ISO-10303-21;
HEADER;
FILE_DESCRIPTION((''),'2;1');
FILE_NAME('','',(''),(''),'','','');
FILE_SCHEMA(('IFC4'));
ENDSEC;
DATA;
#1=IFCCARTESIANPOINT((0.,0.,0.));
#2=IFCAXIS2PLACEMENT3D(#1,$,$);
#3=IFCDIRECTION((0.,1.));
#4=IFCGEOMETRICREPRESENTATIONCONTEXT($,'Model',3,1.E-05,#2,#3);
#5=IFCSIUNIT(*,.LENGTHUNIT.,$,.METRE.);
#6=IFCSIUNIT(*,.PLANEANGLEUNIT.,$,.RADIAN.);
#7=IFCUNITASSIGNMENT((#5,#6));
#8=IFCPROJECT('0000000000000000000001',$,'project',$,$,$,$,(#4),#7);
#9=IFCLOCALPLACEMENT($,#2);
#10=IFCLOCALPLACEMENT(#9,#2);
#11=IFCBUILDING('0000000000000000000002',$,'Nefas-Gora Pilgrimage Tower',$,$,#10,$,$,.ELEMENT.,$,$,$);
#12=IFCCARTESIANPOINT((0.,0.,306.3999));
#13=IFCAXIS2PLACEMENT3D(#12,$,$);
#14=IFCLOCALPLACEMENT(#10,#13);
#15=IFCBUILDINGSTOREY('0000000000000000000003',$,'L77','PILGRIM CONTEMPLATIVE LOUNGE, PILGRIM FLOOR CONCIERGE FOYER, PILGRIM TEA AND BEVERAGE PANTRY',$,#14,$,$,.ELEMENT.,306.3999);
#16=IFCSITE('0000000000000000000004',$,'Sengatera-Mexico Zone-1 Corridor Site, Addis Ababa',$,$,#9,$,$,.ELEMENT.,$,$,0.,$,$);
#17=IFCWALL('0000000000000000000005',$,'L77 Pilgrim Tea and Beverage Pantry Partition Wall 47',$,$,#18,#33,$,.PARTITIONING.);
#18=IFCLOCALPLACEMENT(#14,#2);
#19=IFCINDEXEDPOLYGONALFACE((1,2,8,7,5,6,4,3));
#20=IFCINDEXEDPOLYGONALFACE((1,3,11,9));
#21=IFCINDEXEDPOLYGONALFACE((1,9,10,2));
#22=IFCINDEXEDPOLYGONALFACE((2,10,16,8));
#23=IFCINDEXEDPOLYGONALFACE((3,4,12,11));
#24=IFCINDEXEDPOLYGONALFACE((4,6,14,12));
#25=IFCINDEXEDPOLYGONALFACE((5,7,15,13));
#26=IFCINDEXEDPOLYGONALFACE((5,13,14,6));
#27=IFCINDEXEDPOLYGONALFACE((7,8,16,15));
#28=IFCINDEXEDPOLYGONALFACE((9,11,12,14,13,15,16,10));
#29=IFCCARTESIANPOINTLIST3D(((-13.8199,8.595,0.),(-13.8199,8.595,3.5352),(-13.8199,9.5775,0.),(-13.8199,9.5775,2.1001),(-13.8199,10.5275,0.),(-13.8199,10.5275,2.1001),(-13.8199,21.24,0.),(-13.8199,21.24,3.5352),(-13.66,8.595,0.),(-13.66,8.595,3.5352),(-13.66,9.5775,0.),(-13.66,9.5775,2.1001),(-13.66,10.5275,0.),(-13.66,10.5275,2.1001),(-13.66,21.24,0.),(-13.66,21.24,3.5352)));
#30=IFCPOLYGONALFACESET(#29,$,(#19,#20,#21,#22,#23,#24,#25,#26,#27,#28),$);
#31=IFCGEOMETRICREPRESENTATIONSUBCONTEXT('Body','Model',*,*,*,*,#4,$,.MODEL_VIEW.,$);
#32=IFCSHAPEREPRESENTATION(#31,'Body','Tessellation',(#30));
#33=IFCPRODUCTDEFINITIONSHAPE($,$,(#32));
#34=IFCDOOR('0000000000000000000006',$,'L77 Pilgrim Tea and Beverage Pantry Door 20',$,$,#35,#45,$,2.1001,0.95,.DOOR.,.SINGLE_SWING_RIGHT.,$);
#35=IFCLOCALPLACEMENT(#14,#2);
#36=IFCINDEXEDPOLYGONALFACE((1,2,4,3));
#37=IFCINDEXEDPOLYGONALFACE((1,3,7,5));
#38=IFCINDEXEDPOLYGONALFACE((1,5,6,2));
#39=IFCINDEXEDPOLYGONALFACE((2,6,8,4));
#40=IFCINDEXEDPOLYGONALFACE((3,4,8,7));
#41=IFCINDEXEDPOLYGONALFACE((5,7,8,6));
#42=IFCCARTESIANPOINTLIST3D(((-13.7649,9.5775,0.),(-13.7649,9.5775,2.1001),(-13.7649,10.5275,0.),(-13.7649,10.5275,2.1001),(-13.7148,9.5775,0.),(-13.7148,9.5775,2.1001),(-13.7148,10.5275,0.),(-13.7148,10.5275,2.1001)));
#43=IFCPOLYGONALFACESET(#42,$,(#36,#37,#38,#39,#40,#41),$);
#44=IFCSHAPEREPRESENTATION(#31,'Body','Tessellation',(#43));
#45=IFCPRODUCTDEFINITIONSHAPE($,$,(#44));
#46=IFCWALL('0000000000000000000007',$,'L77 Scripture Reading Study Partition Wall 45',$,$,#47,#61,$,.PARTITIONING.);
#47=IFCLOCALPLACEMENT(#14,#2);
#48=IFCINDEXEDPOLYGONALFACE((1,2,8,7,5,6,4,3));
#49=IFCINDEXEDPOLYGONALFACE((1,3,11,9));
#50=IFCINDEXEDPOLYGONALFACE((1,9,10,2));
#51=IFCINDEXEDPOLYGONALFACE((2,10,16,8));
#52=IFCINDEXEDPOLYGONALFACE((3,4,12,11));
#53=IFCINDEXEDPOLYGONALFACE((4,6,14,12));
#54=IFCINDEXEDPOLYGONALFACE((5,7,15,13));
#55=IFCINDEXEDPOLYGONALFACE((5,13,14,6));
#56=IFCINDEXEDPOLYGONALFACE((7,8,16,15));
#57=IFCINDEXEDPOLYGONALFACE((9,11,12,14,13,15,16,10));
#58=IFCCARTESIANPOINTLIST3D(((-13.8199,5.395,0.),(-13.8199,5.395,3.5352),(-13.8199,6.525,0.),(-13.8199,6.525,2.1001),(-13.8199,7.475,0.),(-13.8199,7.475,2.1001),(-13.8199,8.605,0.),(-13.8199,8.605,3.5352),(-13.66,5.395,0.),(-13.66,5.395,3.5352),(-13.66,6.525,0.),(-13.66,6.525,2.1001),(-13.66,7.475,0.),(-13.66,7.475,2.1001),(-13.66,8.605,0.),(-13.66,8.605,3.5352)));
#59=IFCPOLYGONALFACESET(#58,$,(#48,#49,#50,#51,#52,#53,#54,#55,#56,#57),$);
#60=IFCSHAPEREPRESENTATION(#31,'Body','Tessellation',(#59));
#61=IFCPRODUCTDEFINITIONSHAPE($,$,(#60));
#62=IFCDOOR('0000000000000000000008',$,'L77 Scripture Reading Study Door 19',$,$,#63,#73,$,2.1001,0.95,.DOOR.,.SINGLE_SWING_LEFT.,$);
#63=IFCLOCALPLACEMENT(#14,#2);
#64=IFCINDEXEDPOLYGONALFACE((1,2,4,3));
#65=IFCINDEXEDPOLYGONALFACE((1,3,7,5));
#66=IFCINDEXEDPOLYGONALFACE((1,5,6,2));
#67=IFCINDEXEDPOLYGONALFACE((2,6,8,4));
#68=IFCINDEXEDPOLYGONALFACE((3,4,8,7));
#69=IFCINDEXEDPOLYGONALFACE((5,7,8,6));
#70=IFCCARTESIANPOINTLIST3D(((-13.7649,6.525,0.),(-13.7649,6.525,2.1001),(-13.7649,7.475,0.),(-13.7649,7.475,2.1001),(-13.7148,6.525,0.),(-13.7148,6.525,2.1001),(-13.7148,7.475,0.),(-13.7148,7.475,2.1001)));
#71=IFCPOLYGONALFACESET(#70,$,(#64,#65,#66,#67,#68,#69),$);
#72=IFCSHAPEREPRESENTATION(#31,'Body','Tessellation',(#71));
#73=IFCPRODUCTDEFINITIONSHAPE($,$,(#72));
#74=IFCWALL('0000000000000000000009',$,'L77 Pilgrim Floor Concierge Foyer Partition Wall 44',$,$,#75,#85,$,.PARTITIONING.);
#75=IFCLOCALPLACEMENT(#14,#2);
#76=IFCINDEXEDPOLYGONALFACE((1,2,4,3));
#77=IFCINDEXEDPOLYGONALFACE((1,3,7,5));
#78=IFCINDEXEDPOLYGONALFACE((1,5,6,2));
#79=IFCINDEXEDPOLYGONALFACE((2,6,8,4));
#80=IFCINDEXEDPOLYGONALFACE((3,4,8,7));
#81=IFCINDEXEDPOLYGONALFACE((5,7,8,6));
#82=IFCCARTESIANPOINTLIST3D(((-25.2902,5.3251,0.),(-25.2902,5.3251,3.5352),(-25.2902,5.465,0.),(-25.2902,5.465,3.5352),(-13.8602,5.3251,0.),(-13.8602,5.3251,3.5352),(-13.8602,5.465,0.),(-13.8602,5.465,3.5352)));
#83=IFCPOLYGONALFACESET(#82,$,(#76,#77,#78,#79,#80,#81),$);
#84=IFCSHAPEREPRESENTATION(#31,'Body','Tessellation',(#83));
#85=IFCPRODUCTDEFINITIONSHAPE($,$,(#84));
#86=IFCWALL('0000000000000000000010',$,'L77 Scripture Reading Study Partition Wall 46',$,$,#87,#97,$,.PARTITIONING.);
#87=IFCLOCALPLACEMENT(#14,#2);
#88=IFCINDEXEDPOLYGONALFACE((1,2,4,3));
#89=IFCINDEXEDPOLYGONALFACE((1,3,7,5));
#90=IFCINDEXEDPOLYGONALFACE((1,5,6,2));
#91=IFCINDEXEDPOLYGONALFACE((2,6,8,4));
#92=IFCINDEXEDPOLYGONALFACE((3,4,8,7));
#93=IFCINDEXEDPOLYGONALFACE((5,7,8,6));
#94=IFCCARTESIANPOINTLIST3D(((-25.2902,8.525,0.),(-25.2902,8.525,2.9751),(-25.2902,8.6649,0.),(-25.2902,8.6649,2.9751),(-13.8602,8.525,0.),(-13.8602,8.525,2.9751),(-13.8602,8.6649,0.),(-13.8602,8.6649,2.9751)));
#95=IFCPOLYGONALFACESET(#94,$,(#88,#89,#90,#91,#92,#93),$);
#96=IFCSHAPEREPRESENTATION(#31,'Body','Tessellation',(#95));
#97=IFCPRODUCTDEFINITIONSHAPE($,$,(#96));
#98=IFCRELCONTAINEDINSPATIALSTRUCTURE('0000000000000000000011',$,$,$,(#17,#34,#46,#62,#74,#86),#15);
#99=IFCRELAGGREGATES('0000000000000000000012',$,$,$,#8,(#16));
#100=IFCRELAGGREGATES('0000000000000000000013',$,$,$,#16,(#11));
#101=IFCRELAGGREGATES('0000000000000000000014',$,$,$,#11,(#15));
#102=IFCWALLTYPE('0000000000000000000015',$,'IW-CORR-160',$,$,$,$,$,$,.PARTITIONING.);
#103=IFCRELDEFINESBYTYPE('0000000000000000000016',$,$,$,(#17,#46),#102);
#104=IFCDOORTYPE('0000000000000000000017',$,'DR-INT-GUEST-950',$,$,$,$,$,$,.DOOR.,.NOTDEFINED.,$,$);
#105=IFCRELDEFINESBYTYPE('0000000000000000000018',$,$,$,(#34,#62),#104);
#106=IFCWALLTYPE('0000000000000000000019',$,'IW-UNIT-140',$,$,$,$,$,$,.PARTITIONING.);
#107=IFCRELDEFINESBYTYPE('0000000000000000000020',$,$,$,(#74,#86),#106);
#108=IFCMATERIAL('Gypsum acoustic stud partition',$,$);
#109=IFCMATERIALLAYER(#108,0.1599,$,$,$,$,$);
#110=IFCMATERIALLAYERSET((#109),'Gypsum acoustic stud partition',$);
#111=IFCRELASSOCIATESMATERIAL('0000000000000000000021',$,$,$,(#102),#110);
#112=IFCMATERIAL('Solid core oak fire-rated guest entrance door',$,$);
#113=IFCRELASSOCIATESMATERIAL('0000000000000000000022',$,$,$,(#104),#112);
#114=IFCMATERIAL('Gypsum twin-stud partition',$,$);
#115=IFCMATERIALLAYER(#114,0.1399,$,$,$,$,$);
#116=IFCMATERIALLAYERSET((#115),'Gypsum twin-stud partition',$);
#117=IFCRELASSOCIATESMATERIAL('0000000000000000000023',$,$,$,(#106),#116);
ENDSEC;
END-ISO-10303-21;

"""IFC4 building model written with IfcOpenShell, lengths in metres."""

from ifc_helpers import new_model, si_unit, direction, frame, frame_2d, origin, place, context, subcontext, project, spatial, rectangle, extrude, source, transform, mapped, material, layer, layer_set, type_object, element, fill, save


model = new_model("IFC4")

# Units and contexts
model_context = context("Model", 3, precision=1e-05, world=origin(), true_north=direction((0.0, 1.0)))
body_context = subcontext(model_context, "Body", "Model", "MODEL_VIEW")
ifc_project = project(units=[si_unit("LENGTHUNIT", "METRE"), si_unit("PLANEANGLEUNIT", "RADIAN")], contexts=[model_context])

# Site, building, storey
site_placement = place(None, origin())
site = spatial("IfcSite", under=ifc_project, at=site_placement, Name="Sengatera-Mexico Zone-1 Corridor Site, Addis Ababa", CompositionType="ELEMENT", RefElevation=0.0)
building_placement = place(site_placement, origin())
building = spatial("IfcBuilding", under=site, at=building_placement, Name="Nefas-Gora Pilgrimage Tower", CompositionType="ELEMENT")
storey_placement = place(building_placement, frame((0.0, 0.0, 306.3999)))
storey = spatial("IfcBuildingStorey", under=building, at=storey_placement, Name="L77", Description="PILGRIM CONTEMPLATIVE LOUNGE, PILGRIM FLOOR CONCIERGE FOYER, PILGRIM TEA AND BEVERAGE PANTRY", CompositionType="ELEMENT", Elevation=306.3999)

# Walls, openings, doors
ifc_material_1 = material(Name="Gypsum acoustic stud partition")
ifc_layer_1 = layer(ifc_material_1, 0.1599)
ifc_layer_set_1 = layer_set([ifc_layer_1], Name="Gypsum acoustic stud partition")
wall_type_1 = type_object("IfcWallType", Name="IW-CORR-160", PredefinedType="PARTITIONING", material=ifc_layer_set_1)
shared_shape_1 = source(origin(), body_context, "Body", "SweptSolid", [
    extrude(rectangle(XDim=12.645, YDim=0.1599, at=frame_2d((6.3225, 0.0))), origin(), (0.0, 0.0, 1.0), 3.5352),
])
wall_1_placement = place(storey_placement, frame((-13.74, 8.595, 0.0), z_axis=(0.0, 0.0, 1.0), x_axis=(0.0, 1.0, 0.0)))
wall_1 = element("IfcWall", 1, at=wall_1_placement, inside=storey, type_object=wall_type_1, Name="L77 Pilgrim Tea and Beverage Pantry Partition Wall 47", PredefinedType="PARTITIONING", context=body_context, shape_type="MappedRepresentation", body=[
    mapped(shared_shape_1, transform((0.0, 0.0, 0.0), x_axis=(1.0, 0.0, 0.0), y_axis=(0.0, 1.0, 0.0), z_axis=(0.0, 0.0, 1.0), scale=1.0)),
])
opening_1_placement = place(wall_1_placement, frame((0.9824, 0.0, 0.0)))
opening_1 = element("IfcOpeningElement", 2, at=opening_1_placement, cuts=wall_1, PredefinedType="OPENING", context=body_context, shape_type="SweptSolid", body=[
    extrude(rectangle(XDim=0.95, YDim=2.1001, at=frame_2d((0.4751, 1.05))), frame((0.0, 0.0898, 0.0), z_axis=(0.0, -1.0, 0.0), x_axis=(1.0, 0.0, 0.0)), (0.0, 0.0, 1.0), 0.1799),
])
ifc_material_2 = material(Name="Solid core oak fire-rated guest entrance door")
door_type = type_object("IfcDoorType", Name="DR-INT-GUEST-950", OperationType="NOTDEFINED", PredefinedType="DOOR", material=ifc_material_2)
shared_shape_2 = source(origin(), body_context, "Body", "SweptSolid", [
    extrude(rectangle(XDim=0.95, YDim=2.1001, at=frame_2d((0.4751, 1.05))), frame((0.0, 0.0249, 0.0), z_axis=(0.0, -1.0, 0.0), x_axis=(1.0, 0.0, 0.0)), (0.0, 0.0, 1.0), 0.05),
])
door_1_placement = place(opening_1_placement, origin())
door_1 = element("IfcDoor", 3, at=door_1_placement, inside=storey, type_object=door_type, Name="L77 Pilgrim Tea and Beverage Pantry Door 20", OperationType="SINGLE_SWING_RIGHT", OverallHeight=2.1001, OverallWidth=0.95, PredefinedType="DOOR", context=body_context, shape_type="MappedRepresentation", body=[
    mapped(shared_shape_2, transform((0.0, 0.0, 0.0), x_axis=(1.0, 0.0, 0.0), y_axis=(0.0, 1.0, 0.0), z_axis=(0.0, 0.0, 1.0), scale=1.0)),
])
fill(opening_1, door_1)
shared_shape_3 = source(origin(), body_context, "Body", "SweptSolid", [
    extrude(rectangle(XDim=3.21, YDim=0.1599, at=frame_2d((1.605, 0.0))), origin(), (0.0, 0.0, 1.0), 3.5352),
])
wall_2_placement = place(storey_placement, frame((-13.74, 5.395, 0.0), z_axis=(0.0, 0.0, 1.0), x_axis=(0.0, 1.0, 0.0)))
wall_2 = element("IfcWall", 4, at=wall_2_placement, inside=storey, type_object=wall_type_1, Name="L77 Scripture Reading Study Partition Wall 45", PredefinedType="PARTITIONING", context=body_context, shape_type="MappedRepresentation", body=[
    mapped(shared_shape_3, transform((0.0, 0.0, 0.0), x_axis=(1.0, 0.0, 0.0), y_axis=(0.0, 1.0, 0.0), z_axis=(0.0, 0.0, 1.0), scale=1.0)),
])
opening_2_placement = place(wall_2_placement, frame((1.1299, 0.0, 0.0)))
opening_2 = element("IfcOpeningElement", 5, at=opening_2_placement, cuts=wall_2, PredefinedType="OPENING", context=body_context, shape_type="SweptSolid", body=[
    extrude(rectangle(XDim=0.95, YDim=2.1001, at=frame_2d((0.4751, 1.05))), frame((0.0, 0.0898, 0.0), z_axis=(0.0, -1.0, 0.0), x_axis=(1.0, 0.0, 0.0)), (0.0, 0.0, 1.0), 0.1799),
])
door_2_placement = place(opening_2_placement, origin())
door_2 = element("IfcDoor", 6, at=door_2_placement, inside=storey, type_object=door_type, Name="L77 Scripture Reading Study Door 19", OperationType="SINGLE_SWING_LEFT", OverallHeight=2.1001, OverallWidth=0.95, PredefinedType="DOOR", context=body_context, shape_type="MappedRepresentation", body=[
    mapped(shared_shape_2, transform((0.0, 0.0, 0.0), x_axis=(1.0, 0.0, 0.0), y_axis=(0.0, 1.0, 0.0), z_axis=(0.0, 0.0, 1.0), scale=1.0)),
])
fill(opening_2, door_2)

# Walls
ifc_material_3 = material(Name="Gypsum twin-stud partition")
ifc_layer_2 = layer(ifc_material_3, 0.1399)
ifc_layer_set_2 = layer_set([ifc_layer_2], Name="Gypsum twin-stud partition")
wall_type_2 = type_object("IfcWallType", Name="IW-UNIT-140", PredefinedType="PARTITIONING", material=ifc_layer_set_2)
shared_shape_4 = source(origin(), body_context, "Body", "SweptSolid", [
    extrude(rectangle(XDim=11.4299, YDim=0.1399, at=frame_2d((5.7148, 0.0))), origin(), (0.0, 0.0, 1.0), 3.5352),
])
wall_3_placement = place(storey_placement, frame((-25.29, 5.395, 0.0), z_axis=(0.0, 0.0, 1.0), x_axis=(1.0, 0.0, 0.0)))
element("IfcWall", 7, at=wall_3_placement, inside=storey, type_object=wall_type_2, Name="L77 Pilgrim Floor Concierge Foyer Partition Wall 44", PredefinedType="PARTITIONING", context=body_context, shape_type="MappedRepresentation", body=[
    mapped(shared_shape_4, transform((0.0, 0.0, 0.0), x_axis=(1.0, 0.0, 0.0), y_axis=(0.0, 1.0, 0.0), z_axis=(0.0, 0.0, 1.0), scale=1.0)),
])
shared_shape_5 = source(origin(), body_context, "Body", "SweptSolid", [
    extrude(rectangle(XDim=11.4299, YDim=0.1399, at=frame_2d((5.7148, 0.0))), origin(), (0.0, 0.0, 1.0), 2.9751),
])
wall_4_placement = place(storey_placement, frame((-25.29, 8.595, 0.0), z_axis=(0.0, 0.0, 1.0), x_axis=(1.0, 0.0, 0.0)))
element("IfcWall", 8, at=wall_4_placement, inside=storey, type_object=wall_type_2, Name="L77 Scripture Reading Study Partition Wall 46", PredefinedType="PARTITIONING", context=body_context, shape_type="MappedRepresentation", body=[
    mapped(shared_shape_5, transform((0.0, 0.0, 0.0), x_axis=(1.0, 0.0, 0.0), y_axis=(0.0, 1.0, 0.0), z_axis=(0.0, 0.0, 1.0), scale=1.0)),
])

save(model, "model.ifc")
